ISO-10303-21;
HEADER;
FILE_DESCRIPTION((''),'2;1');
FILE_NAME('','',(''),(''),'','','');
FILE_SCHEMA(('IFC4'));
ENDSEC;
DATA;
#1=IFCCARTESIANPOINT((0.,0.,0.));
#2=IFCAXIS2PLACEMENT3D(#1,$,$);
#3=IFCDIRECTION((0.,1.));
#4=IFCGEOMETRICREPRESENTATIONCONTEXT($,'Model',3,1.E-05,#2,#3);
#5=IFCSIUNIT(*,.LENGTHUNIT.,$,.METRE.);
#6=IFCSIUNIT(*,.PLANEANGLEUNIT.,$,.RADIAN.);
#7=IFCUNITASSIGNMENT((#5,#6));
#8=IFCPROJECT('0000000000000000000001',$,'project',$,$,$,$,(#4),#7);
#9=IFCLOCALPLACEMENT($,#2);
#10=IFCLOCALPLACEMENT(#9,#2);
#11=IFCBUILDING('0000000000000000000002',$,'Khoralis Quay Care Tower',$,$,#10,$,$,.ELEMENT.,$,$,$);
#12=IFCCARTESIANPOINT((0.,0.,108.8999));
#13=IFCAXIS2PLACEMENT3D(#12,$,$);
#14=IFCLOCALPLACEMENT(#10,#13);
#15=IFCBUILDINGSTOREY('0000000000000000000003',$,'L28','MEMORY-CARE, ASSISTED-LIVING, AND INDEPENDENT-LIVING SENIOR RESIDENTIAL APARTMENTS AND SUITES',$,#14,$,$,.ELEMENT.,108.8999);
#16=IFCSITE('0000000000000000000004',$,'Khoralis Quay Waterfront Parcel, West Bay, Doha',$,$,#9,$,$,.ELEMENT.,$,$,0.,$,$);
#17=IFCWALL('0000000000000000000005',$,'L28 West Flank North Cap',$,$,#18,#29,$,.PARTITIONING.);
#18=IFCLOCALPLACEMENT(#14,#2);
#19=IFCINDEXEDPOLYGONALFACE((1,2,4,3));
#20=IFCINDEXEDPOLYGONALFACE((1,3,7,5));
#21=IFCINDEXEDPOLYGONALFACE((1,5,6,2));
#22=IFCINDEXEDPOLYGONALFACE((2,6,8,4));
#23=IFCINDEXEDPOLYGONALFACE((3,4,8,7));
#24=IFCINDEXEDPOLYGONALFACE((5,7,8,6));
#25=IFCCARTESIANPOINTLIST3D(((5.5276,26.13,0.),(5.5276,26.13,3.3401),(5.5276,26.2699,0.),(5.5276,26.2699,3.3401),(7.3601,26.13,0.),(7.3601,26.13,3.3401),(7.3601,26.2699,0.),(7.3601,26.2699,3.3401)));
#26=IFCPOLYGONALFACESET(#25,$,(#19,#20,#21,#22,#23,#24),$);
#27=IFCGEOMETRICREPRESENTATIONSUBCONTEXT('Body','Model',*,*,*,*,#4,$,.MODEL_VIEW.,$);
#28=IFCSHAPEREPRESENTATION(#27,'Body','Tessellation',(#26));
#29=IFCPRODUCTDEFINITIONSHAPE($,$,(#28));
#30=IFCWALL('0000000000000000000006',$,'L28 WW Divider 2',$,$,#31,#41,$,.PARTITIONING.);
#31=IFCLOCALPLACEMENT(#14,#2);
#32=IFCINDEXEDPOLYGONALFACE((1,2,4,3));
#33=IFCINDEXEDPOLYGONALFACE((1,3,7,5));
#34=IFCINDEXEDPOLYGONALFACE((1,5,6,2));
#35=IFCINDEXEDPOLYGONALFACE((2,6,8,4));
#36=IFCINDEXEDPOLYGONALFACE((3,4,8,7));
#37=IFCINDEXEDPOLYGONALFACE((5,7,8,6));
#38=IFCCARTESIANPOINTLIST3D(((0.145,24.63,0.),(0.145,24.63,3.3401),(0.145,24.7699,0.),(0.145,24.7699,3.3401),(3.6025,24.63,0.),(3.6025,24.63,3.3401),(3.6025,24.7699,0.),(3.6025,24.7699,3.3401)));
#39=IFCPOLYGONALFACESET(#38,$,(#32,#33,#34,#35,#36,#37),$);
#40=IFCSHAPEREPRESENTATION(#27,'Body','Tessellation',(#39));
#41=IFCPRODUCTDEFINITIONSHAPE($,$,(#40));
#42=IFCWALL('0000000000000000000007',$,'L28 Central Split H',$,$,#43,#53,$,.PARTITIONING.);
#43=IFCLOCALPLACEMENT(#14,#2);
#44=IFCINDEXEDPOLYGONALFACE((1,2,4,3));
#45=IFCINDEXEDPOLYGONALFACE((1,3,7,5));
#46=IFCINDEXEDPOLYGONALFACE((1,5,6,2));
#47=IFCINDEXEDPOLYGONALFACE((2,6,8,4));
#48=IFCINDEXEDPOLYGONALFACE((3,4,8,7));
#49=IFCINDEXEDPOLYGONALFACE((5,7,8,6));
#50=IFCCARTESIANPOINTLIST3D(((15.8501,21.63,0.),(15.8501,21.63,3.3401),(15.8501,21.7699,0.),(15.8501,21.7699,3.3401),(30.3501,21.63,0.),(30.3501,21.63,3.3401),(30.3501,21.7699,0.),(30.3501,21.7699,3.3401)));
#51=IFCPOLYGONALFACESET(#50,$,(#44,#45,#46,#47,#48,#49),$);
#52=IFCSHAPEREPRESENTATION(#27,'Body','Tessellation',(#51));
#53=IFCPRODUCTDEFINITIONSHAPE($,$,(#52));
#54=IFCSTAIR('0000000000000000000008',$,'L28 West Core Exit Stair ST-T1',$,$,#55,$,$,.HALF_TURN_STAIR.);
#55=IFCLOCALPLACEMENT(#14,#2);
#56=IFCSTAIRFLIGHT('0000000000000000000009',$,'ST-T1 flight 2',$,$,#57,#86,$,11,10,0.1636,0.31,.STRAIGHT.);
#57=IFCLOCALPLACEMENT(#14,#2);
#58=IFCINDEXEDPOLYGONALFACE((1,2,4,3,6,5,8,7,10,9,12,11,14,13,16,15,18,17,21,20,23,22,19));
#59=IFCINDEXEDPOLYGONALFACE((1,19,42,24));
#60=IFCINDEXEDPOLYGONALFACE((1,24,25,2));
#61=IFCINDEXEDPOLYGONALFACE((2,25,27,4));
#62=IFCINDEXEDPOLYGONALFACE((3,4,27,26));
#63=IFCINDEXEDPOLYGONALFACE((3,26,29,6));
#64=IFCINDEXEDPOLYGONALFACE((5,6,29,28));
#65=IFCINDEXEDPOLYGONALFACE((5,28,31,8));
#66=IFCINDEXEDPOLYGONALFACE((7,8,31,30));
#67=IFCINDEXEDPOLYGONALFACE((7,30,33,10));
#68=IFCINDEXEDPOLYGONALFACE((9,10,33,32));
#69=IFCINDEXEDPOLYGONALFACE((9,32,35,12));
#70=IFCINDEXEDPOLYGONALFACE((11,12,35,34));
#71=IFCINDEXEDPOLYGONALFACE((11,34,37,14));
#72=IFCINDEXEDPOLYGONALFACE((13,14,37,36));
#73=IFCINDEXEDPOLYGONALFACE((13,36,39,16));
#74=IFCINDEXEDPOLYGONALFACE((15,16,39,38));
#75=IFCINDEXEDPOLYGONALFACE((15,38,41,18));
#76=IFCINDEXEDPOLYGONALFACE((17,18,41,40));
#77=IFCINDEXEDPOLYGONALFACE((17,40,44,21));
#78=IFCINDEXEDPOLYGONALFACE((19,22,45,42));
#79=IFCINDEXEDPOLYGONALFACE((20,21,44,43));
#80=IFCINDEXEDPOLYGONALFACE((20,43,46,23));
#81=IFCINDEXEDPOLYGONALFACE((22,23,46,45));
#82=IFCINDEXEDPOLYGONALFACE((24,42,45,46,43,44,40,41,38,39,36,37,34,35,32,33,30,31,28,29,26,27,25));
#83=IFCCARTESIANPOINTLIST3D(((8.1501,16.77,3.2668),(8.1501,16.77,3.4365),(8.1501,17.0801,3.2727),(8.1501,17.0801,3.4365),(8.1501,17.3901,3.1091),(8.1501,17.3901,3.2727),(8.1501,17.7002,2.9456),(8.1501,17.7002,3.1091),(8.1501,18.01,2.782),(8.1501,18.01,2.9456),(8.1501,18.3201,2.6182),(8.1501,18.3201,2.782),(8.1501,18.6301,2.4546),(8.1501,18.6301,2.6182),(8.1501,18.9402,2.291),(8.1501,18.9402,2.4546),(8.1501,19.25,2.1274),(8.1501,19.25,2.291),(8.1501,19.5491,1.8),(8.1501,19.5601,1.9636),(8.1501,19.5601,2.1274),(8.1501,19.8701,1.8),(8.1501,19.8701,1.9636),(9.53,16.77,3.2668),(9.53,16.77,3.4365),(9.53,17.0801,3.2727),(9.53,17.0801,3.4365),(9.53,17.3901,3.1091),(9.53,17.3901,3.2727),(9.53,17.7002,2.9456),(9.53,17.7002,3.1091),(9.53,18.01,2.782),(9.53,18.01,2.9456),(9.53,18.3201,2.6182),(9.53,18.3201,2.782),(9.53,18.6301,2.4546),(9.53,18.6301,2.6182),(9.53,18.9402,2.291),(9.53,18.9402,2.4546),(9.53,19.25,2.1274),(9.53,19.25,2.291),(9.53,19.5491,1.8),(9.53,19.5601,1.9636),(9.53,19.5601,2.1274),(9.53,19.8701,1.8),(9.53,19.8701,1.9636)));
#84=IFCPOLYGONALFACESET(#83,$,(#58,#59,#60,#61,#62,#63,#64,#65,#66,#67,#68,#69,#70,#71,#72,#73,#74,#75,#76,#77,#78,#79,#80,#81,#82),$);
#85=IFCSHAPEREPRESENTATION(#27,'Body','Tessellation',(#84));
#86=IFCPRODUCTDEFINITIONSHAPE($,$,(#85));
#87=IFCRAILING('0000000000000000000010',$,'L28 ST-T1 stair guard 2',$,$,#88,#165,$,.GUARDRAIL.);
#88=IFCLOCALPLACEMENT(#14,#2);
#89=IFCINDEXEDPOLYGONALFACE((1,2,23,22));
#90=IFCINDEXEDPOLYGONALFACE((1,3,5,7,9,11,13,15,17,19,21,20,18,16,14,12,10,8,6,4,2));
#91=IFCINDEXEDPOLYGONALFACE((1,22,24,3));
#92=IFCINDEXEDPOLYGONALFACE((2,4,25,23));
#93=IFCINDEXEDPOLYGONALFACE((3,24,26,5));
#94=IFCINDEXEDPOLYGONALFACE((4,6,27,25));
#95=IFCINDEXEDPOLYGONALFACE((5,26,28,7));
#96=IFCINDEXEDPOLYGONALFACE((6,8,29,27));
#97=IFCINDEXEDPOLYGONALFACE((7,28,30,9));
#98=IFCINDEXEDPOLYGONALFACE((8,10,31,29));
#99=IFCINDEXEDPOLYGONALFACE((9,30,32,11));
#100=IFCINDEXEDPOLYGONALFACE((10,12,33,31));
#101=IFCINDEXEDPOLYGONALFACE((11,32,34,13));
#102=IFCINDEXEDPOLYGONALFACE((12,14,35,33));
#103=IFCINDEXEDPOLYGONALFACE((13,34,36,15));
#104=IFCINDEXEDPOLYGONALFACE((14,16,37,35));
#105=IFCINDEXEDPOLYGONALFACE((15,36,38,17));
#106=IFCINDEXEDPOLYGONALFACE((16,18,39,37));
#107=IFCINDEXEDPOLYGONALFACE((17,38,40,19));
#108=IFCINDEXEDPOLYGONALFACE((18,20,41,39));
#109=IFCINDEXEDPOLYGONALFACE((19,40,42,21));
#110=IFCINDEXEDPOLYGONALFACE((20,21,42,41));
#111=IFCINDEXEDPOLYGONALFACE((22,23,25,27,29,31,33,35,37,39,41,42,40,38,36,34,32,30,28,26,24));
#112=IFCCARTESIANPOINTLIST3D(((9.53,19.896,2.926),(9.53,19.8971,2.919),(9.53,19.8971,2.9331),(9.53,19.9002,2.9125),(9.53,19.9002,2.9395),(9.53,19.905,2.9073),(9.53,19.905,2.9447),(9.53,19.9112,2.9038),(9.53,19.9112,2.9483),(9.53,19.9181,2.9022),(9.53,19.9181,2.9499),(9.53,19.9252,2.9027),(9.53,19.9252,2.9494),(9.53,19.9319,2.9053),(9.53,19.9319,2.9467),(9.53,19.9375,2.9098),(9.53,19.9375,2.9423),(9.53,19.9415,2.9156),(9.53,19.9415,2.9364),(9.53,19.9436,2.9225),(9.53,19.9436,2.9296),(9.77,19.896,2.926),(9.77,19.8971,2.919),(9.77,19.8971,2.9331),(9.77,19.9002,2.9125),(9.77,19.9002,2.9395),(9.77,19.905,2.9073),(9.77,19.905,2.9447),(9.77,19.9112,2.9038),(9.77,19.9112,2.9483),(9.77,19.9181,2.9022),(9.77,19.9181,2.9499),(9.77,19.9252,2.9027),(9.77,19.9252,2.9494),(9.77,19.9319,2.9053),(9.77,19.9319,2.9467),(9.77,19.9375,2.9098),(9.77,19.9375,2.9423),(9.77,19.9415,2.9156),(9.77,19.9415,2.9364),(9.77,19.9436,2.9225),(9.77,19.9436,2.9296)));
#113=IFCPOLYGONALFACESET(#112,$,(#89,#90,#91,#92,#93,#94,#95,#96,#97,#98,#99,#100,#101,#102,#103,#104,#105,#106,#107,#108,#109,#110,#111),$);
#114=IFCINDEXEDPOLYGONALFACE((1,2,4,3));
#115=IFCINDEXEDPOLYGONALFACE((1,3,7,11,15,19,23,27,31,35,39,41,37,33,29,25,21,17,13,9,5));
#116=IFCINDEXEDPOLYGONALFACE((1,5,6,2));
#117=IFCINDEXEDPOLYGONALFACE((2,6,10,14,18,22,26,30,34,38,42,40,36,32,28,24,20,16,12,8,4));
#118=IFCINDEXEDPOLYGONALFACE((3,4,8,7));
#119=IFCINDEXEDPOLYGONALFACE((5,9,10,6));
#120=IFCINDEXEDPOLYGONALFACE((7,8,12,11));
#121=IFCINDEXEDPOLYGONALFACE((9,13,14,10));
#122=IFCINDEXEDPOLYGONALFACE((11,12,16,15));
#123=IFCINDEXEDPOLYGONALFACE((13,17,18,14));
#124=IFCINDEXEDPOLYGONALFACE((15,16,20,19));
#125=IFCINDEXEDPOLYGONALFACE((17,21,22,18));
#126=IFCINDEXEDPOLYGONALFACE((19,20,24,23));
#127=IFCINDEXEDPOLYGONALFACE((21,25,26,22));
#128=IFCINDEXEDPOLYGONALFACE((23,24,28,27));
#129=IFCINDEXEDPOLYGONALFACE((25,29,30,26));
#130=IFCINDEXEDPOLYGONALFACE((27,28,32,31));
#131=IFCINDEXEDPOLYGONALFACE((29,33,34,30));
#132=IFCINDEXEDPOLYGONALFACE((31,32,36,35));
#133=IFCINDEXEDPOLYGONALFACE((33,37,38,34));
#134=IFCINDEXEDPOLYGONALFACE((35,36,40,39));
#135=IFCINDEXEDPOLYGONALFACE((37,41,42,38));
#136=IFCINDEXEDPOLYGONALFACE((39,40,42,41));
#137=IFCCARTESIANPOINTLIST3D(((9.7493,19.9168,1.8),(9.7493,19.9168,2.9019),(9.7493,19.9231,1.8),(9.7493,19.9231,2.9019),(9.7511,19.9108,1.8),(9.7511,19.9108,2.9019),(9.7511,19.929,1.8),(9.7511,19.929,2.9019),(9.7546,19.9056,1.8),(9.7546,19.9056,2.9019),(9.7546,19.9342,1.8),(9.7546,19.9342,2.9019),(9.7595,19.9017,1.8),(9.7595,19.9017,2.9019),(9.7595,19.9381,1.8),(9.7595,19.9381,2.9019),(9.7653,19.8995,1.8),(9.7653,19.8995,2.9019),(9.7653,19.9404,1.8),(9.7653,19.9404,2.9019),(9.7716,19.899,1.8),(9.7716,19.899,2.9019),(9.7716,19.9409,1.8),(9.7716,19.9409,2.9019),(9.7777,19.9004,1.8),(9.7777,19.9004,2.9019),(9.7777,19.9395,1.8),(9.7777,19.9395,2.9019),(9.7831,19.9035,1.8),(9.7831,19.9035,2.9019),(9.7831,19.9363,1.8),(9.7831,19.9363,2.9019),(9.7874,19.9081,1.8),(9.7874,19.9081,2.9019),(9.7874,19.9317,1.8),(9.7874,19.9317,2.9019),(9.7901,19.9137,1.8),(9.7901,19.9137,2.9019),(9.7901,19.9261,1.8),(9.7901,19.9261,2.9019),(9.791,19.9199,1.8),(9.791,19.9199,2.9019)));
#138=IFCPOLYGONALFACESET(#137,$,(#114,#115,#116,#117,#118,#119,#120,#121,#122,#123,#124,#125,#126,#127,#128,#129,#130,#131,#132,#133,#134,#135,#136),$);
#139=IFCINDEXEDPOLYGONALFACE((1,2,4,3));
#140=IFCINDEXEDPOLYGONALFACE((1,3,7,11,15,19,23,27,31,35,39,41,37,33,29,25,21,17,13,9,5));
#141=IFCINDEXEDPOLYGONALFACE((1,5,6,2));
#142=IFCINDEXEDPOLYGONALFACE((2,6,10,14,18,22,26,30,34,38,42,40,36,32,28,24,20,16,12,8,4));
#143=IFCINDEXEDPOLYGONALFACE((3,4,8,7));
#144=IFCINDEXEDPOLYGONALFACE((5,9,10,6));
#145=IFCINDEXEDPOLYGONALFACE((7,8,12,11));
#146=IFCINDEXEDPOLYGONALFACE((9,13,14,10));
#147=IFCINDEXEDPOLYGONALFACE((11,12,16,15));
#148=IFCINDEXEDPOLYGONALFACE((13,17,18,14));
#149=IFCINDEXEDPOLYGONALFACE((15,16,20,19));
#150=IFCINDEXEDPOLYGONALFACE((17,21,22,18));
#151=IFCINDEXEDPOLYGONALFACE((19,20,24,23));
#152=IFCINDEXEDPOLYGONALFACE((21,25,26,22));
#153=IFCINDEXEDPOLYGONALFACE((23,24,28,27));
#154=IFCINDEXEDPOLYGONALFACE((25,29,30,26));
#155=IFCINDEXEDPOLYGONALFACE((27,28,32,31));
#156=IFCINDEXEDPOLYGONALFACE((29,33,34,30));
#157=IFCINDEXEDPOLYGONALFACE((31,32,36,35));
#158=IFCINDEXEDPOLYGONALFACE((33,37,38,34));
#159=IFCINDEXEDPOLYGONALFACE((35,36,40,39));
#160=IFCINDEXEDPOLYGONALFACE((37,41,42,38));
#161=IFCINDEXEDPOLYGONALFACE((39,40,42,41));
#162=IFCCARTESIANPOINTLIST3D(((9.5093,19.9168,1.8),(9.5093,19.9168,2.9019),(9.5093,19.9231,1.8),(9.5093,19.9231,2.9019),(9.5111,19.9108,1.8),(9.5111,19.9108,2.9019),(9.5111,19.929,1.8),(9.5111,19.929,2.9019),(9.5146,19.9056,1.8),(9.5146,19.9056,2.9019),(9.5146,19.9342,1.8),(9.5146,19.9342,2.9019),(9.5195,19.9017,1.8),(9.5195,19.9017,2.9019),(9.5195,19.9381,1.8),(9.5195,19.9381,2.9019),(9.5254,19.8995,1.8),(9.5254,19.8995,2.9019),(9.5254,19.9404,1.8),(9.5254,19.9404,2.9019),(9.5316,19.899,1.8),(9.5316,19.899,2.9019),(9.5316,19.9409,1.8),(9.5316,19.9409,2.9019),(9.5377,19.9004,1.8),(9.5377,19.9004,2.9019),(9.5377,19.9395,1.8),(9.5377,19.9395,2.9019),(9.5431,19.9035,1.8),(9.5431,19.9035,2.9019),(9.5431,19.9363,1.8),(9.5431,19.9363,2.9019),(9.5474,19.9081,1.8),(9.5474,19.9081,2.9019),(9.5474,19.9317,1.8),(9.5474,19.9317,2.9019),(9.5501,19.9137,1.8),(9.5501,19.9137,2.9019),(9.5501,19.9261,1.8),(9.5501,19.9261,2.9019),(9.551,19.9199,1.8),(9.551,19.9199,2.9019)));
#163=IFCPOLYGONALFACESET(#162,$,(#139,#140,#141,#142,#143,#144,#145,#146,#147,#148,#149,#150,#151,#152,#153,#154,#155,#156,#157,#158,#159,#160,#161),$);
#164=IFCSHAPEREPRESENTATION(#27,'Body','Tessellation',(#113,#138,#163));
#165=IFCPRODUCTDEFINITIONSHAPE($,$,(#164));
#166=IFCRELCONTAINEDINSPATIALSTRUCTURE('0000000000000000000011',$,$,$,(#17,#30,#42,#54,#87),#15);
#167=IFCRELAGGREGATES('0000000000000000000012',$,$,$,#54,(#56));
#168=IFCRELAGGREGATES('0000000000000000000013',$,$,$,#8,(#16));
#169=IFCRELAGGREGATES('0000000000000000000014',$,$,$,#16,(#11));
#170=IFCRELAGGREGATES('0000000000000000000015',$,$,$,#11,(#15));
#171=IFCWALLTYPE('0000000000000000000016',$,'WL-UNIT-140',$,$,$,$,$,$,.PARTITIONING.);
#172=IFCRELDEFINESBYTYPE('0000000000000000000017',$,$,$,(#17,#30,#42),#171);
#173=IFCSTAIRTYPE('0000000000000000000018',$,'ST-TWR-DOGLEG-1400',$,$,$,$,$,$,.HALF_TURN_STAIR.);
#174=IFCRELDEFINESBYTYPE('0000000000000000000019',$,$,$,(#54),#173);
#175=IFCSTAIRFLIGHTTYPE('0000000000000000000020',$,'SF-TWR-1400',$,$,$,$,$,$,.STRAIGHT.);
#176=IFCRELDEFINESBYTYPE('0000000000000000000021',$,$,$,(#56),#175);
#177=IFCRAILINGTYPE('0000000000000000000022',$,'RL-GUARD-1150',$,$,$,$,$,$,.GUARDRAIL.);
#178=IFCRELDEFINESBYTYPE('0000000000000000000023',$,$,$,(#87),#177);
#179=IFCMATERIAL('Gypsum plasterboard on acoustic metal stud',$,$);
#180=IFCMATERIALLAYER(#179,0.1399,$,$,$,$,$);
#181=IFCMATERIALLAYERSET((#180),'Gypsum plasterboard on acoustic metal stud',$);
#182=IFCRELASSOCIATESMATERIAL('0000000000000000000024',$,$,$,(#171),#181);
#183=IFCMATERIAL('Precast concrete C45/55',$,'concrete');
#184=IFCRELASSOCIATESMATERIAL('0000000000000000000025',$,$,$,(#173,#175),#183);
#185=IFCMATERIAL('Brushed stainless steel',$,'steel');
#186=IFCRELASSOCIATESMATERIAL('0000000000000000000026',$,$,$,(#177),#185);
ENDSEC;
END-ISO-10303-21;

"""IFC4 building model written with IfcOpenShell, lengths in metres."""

from ifc_helpers import new_model, si_unit, direction, frame, frame_2d, origin, origin_2d, place, context, subcontext, project, spatial, polyline, rectangle, circle, outline, extrude, source, transform, mapped, material, layer, layer_set, type_object, element, aggregate, save


model = new_model("IFC4")

# Units and contexts
model_context = context("Model", 3, precision=1e-05, world=origin(), true_north=direction((0.0, 1.0)))
body_context = subcontext(model_context, "Body", "Model", "MODEL_VIEW")
ifc_project = project(units=[si_unit("LENGTHUNIT", "METRE"), si_unit("PLANEANGLEUNIT", "RADIAN")], contexts=[model_context])

# Site, building, storey
site_placement = place(None, origin())
site = spatial("IfcSite", under=ifc_project, at=site_placement, Name="Khoralis Quay Waterfront Parcel, West Bay, Doha", CompositionType="ELEMENT", RefElevation=0.0)
building_placement = place(site_placement, origin())
building = spatial("IfcBuilding", under=site, at=building_placement, Name="Khoralis Quay Care Tower", CompositionType="ELEMENT")
storey_placement = place(building_placement, frame((0.0, 0.0, 108.8999)))
storey = spatial("IfcBuildingStorey", under=building, at=storey_placement, Name="L28", Description="MEMORY-CARE, ASSISTED-LIVING, AND INDEPENDENT-LIVING SENIOR RESIDENTIAL APARTMENTS AND SUITES", CompositionType="ELEMENT", Elevation=108.8999)

# Shared definitions
ifc_material_1 = material(Name="Brushed stainless steel", Category="steel")

# Walls
ifc_material_2 = material(Name="Gypsum plasterboard on acoustic metal stud")
ifc_layer_1 = layer(ifc_material_2, 0.1399)
ifc_layer_set_1 = layer_set([ifc_layer_1], Name="Gypsum plasterboard on acoustic metal stud")
wall_type_1 = type_object("IfcWallType", Name="WL-UNIT-140", PredefinedType="PARTITIONING", material=ifc_layer_set_1)
wall_1_placement = place(storey_placement, frame((5.5276, 26.2, 0.0), z_axis=(0.0, 0.0, 1.0), x_axis=(1.0, 0.0, 0.0)))
element("IfcWall", 1, at=wall_1_placement, inside=storey, type_object=wall_type_1, Name="L28 West Flank North Cap", PredefinedType="PARTITIONING", context=body_context, shape_type="SweptSolid", body=[
    extrude(rectangle(XDim=1.8325, YDim=0.1399, at=frame_2d((0.9163, 0.0))), origin(), (0.0, 0.0, 1.0), 3.3401),
])
wall_2_placement = place(storey_placement, frame((0.145, 24.7, 0.0), z_axis=(0.0, 0.0, 1.0), x_axis=(1.0, 0.0, 0.0)))
element("IfcWall", 2, at=wall_2_placement, inside=storey, type_object=wall_type_1, Name="L28 WW Divider 2", PredefinedType="PARTITIONING", context=body_context, shape_type="SweptSolid", body=[
    extrude(rectangle(XDim=3.4575, YDim=0.1399, at=frame_2d((1.7288, 0.0))), origin(), (0.0, 0.0, 1.0), 3.3401),
])
wall_3_placement = place(storey_placement, frame((15.8501, 21.7, 0.0), z_axis=(0.0, 0.0, 1.0), x_axis=(1.0, 0.0, 0.0)))
element("IfcWall", 3, at=wall_3_placement, inside=storey, type_object=wall_type_1, Name="L28 Central Split H", PredefinedType="PARTITIONING", context=body_context, shape_type="SweptSolid", body=[
    extrude(rectangle(XDim=14.5, YDim=0.1399, at=frame_2d((7.25, 0.0))), origin(), (0.0, 0.0, 1.0), 3.3401),
])

# Stair, stair flight
ifc_material_3 = material(Name="Precast concrete C45/55", Category="concrete")
stair_type = type_object("IfcStairType", Name="ST-TWR-DOGLEG-1400", PredefinedType="HALF_TURN_STAIR", material=ifc_material_3)
stair_placement = place(storey_placement, origin())
stair = element("IfcStair", 4, at=stair_placement, inside=storey, type_object=stair_type, Name="L28 West Core Exit Stair ST-T1", PredefinedType="HALF_TURN_STAIR")
stair_flight_type = type_object("IfcStairFlightType", Name="SF-TWR-1400", PredefinedType="STRAIGHT", material=ifc_material_3)
shared_shape_1 = source(origin(), body_context, "Body", "SweptSolid", [
    extrude(outline(polyline([(0.0, 0.0), (0.0, 0.1636), (0.3101, 0.1636), (0.3101, 0.3274), (0.6201, 0.3274), (0.6201, 0.491), (0.9299, 0.491), (0.9299, 0.6545), (1.24, 0.6545), (1.24, 0.8181), (1.55, 0.8181), (1.55, 0.9819), (1.8601, 0.9819), (1.8601, 1.1455), (2.1699, 1.1455), (2.1699, 1.3091), (2.48, 1.3091), (2.48, 1.4727), (2.79, 1.4727), (2.79, 1.6365), (3.1001, 1.6365), (3.1001, 1.8), (3.1001, 1.4668), (0.321, 0.0), (0.0, 0.0)])), frame((0.0, 0.6899, 0.0), z_axis=(0.0, -1.0, 0.0), x_axis=(1.0, 0.0, 0.0)), (0.0, 0.0, 1.0), 1.3799),
])
stair_flight_placement = place(storey_placement, frame((8.8401, 19.8701, 1.8), z_axis=(0.0, 0.0, 1.0), x_axis=(0.0, -1.0, 0.0)))
stair_flight = element("IfcStairFlight", 5, at=stair_flight_placement, type_object=stair_flight_type, Name="ST-T1 flight 2", NumberOfRisers=11, NumberOfTreads=10, PredefinedType="STRAIGHT", RiserHeight=0.1636, TreadLength=0.31, context=body_context, shape_type="MappedRepresentation", body=[
    mapped(shared_shape_1, transform((0.0, 0.0, 0.0), scale=1.0)),
])
aggregate(stair, [stair_flight])

# Railing
railing_type_1 = type_object("IfcRailingType", Name="RL-GUARD-1150", PredefinedType="GUARDRAIL", material=ifc_material_1)
railing_1_placement = place(storey_placement, frame((9.77, 19.9199, 1.8)))
element("IfcRailing", 6, at=railing_1_placement, inside=storey, type_object=railing_type_1, Name="L28 ST-T1 stair guard 2", PredefinedType="GUARDRAIL", context=body_context, shape_type="SweptSolid", body=[
    extrude(circle(Radius=0.0239, at=origin_2d()), frame((0.0, 0.0, 1.126), z_axis=(-1.0, 0.0, 0.0), x_axis=(0.0, -1.0, 0.0)), (0.0, 0.0, 1.0), 0.24),
    extrude(circle(Radius=0.021, at=origin_2d()), origin(), (0.0, 0.0, 1.0), 1.1018),
    extrude(circle(Radius=0.021, at=origin_2d()), frame((-0.24, 0.0, 0.0)), (0.0, 0.0, 1.0), 1.1018),
])

save(model, "model.ifc")
